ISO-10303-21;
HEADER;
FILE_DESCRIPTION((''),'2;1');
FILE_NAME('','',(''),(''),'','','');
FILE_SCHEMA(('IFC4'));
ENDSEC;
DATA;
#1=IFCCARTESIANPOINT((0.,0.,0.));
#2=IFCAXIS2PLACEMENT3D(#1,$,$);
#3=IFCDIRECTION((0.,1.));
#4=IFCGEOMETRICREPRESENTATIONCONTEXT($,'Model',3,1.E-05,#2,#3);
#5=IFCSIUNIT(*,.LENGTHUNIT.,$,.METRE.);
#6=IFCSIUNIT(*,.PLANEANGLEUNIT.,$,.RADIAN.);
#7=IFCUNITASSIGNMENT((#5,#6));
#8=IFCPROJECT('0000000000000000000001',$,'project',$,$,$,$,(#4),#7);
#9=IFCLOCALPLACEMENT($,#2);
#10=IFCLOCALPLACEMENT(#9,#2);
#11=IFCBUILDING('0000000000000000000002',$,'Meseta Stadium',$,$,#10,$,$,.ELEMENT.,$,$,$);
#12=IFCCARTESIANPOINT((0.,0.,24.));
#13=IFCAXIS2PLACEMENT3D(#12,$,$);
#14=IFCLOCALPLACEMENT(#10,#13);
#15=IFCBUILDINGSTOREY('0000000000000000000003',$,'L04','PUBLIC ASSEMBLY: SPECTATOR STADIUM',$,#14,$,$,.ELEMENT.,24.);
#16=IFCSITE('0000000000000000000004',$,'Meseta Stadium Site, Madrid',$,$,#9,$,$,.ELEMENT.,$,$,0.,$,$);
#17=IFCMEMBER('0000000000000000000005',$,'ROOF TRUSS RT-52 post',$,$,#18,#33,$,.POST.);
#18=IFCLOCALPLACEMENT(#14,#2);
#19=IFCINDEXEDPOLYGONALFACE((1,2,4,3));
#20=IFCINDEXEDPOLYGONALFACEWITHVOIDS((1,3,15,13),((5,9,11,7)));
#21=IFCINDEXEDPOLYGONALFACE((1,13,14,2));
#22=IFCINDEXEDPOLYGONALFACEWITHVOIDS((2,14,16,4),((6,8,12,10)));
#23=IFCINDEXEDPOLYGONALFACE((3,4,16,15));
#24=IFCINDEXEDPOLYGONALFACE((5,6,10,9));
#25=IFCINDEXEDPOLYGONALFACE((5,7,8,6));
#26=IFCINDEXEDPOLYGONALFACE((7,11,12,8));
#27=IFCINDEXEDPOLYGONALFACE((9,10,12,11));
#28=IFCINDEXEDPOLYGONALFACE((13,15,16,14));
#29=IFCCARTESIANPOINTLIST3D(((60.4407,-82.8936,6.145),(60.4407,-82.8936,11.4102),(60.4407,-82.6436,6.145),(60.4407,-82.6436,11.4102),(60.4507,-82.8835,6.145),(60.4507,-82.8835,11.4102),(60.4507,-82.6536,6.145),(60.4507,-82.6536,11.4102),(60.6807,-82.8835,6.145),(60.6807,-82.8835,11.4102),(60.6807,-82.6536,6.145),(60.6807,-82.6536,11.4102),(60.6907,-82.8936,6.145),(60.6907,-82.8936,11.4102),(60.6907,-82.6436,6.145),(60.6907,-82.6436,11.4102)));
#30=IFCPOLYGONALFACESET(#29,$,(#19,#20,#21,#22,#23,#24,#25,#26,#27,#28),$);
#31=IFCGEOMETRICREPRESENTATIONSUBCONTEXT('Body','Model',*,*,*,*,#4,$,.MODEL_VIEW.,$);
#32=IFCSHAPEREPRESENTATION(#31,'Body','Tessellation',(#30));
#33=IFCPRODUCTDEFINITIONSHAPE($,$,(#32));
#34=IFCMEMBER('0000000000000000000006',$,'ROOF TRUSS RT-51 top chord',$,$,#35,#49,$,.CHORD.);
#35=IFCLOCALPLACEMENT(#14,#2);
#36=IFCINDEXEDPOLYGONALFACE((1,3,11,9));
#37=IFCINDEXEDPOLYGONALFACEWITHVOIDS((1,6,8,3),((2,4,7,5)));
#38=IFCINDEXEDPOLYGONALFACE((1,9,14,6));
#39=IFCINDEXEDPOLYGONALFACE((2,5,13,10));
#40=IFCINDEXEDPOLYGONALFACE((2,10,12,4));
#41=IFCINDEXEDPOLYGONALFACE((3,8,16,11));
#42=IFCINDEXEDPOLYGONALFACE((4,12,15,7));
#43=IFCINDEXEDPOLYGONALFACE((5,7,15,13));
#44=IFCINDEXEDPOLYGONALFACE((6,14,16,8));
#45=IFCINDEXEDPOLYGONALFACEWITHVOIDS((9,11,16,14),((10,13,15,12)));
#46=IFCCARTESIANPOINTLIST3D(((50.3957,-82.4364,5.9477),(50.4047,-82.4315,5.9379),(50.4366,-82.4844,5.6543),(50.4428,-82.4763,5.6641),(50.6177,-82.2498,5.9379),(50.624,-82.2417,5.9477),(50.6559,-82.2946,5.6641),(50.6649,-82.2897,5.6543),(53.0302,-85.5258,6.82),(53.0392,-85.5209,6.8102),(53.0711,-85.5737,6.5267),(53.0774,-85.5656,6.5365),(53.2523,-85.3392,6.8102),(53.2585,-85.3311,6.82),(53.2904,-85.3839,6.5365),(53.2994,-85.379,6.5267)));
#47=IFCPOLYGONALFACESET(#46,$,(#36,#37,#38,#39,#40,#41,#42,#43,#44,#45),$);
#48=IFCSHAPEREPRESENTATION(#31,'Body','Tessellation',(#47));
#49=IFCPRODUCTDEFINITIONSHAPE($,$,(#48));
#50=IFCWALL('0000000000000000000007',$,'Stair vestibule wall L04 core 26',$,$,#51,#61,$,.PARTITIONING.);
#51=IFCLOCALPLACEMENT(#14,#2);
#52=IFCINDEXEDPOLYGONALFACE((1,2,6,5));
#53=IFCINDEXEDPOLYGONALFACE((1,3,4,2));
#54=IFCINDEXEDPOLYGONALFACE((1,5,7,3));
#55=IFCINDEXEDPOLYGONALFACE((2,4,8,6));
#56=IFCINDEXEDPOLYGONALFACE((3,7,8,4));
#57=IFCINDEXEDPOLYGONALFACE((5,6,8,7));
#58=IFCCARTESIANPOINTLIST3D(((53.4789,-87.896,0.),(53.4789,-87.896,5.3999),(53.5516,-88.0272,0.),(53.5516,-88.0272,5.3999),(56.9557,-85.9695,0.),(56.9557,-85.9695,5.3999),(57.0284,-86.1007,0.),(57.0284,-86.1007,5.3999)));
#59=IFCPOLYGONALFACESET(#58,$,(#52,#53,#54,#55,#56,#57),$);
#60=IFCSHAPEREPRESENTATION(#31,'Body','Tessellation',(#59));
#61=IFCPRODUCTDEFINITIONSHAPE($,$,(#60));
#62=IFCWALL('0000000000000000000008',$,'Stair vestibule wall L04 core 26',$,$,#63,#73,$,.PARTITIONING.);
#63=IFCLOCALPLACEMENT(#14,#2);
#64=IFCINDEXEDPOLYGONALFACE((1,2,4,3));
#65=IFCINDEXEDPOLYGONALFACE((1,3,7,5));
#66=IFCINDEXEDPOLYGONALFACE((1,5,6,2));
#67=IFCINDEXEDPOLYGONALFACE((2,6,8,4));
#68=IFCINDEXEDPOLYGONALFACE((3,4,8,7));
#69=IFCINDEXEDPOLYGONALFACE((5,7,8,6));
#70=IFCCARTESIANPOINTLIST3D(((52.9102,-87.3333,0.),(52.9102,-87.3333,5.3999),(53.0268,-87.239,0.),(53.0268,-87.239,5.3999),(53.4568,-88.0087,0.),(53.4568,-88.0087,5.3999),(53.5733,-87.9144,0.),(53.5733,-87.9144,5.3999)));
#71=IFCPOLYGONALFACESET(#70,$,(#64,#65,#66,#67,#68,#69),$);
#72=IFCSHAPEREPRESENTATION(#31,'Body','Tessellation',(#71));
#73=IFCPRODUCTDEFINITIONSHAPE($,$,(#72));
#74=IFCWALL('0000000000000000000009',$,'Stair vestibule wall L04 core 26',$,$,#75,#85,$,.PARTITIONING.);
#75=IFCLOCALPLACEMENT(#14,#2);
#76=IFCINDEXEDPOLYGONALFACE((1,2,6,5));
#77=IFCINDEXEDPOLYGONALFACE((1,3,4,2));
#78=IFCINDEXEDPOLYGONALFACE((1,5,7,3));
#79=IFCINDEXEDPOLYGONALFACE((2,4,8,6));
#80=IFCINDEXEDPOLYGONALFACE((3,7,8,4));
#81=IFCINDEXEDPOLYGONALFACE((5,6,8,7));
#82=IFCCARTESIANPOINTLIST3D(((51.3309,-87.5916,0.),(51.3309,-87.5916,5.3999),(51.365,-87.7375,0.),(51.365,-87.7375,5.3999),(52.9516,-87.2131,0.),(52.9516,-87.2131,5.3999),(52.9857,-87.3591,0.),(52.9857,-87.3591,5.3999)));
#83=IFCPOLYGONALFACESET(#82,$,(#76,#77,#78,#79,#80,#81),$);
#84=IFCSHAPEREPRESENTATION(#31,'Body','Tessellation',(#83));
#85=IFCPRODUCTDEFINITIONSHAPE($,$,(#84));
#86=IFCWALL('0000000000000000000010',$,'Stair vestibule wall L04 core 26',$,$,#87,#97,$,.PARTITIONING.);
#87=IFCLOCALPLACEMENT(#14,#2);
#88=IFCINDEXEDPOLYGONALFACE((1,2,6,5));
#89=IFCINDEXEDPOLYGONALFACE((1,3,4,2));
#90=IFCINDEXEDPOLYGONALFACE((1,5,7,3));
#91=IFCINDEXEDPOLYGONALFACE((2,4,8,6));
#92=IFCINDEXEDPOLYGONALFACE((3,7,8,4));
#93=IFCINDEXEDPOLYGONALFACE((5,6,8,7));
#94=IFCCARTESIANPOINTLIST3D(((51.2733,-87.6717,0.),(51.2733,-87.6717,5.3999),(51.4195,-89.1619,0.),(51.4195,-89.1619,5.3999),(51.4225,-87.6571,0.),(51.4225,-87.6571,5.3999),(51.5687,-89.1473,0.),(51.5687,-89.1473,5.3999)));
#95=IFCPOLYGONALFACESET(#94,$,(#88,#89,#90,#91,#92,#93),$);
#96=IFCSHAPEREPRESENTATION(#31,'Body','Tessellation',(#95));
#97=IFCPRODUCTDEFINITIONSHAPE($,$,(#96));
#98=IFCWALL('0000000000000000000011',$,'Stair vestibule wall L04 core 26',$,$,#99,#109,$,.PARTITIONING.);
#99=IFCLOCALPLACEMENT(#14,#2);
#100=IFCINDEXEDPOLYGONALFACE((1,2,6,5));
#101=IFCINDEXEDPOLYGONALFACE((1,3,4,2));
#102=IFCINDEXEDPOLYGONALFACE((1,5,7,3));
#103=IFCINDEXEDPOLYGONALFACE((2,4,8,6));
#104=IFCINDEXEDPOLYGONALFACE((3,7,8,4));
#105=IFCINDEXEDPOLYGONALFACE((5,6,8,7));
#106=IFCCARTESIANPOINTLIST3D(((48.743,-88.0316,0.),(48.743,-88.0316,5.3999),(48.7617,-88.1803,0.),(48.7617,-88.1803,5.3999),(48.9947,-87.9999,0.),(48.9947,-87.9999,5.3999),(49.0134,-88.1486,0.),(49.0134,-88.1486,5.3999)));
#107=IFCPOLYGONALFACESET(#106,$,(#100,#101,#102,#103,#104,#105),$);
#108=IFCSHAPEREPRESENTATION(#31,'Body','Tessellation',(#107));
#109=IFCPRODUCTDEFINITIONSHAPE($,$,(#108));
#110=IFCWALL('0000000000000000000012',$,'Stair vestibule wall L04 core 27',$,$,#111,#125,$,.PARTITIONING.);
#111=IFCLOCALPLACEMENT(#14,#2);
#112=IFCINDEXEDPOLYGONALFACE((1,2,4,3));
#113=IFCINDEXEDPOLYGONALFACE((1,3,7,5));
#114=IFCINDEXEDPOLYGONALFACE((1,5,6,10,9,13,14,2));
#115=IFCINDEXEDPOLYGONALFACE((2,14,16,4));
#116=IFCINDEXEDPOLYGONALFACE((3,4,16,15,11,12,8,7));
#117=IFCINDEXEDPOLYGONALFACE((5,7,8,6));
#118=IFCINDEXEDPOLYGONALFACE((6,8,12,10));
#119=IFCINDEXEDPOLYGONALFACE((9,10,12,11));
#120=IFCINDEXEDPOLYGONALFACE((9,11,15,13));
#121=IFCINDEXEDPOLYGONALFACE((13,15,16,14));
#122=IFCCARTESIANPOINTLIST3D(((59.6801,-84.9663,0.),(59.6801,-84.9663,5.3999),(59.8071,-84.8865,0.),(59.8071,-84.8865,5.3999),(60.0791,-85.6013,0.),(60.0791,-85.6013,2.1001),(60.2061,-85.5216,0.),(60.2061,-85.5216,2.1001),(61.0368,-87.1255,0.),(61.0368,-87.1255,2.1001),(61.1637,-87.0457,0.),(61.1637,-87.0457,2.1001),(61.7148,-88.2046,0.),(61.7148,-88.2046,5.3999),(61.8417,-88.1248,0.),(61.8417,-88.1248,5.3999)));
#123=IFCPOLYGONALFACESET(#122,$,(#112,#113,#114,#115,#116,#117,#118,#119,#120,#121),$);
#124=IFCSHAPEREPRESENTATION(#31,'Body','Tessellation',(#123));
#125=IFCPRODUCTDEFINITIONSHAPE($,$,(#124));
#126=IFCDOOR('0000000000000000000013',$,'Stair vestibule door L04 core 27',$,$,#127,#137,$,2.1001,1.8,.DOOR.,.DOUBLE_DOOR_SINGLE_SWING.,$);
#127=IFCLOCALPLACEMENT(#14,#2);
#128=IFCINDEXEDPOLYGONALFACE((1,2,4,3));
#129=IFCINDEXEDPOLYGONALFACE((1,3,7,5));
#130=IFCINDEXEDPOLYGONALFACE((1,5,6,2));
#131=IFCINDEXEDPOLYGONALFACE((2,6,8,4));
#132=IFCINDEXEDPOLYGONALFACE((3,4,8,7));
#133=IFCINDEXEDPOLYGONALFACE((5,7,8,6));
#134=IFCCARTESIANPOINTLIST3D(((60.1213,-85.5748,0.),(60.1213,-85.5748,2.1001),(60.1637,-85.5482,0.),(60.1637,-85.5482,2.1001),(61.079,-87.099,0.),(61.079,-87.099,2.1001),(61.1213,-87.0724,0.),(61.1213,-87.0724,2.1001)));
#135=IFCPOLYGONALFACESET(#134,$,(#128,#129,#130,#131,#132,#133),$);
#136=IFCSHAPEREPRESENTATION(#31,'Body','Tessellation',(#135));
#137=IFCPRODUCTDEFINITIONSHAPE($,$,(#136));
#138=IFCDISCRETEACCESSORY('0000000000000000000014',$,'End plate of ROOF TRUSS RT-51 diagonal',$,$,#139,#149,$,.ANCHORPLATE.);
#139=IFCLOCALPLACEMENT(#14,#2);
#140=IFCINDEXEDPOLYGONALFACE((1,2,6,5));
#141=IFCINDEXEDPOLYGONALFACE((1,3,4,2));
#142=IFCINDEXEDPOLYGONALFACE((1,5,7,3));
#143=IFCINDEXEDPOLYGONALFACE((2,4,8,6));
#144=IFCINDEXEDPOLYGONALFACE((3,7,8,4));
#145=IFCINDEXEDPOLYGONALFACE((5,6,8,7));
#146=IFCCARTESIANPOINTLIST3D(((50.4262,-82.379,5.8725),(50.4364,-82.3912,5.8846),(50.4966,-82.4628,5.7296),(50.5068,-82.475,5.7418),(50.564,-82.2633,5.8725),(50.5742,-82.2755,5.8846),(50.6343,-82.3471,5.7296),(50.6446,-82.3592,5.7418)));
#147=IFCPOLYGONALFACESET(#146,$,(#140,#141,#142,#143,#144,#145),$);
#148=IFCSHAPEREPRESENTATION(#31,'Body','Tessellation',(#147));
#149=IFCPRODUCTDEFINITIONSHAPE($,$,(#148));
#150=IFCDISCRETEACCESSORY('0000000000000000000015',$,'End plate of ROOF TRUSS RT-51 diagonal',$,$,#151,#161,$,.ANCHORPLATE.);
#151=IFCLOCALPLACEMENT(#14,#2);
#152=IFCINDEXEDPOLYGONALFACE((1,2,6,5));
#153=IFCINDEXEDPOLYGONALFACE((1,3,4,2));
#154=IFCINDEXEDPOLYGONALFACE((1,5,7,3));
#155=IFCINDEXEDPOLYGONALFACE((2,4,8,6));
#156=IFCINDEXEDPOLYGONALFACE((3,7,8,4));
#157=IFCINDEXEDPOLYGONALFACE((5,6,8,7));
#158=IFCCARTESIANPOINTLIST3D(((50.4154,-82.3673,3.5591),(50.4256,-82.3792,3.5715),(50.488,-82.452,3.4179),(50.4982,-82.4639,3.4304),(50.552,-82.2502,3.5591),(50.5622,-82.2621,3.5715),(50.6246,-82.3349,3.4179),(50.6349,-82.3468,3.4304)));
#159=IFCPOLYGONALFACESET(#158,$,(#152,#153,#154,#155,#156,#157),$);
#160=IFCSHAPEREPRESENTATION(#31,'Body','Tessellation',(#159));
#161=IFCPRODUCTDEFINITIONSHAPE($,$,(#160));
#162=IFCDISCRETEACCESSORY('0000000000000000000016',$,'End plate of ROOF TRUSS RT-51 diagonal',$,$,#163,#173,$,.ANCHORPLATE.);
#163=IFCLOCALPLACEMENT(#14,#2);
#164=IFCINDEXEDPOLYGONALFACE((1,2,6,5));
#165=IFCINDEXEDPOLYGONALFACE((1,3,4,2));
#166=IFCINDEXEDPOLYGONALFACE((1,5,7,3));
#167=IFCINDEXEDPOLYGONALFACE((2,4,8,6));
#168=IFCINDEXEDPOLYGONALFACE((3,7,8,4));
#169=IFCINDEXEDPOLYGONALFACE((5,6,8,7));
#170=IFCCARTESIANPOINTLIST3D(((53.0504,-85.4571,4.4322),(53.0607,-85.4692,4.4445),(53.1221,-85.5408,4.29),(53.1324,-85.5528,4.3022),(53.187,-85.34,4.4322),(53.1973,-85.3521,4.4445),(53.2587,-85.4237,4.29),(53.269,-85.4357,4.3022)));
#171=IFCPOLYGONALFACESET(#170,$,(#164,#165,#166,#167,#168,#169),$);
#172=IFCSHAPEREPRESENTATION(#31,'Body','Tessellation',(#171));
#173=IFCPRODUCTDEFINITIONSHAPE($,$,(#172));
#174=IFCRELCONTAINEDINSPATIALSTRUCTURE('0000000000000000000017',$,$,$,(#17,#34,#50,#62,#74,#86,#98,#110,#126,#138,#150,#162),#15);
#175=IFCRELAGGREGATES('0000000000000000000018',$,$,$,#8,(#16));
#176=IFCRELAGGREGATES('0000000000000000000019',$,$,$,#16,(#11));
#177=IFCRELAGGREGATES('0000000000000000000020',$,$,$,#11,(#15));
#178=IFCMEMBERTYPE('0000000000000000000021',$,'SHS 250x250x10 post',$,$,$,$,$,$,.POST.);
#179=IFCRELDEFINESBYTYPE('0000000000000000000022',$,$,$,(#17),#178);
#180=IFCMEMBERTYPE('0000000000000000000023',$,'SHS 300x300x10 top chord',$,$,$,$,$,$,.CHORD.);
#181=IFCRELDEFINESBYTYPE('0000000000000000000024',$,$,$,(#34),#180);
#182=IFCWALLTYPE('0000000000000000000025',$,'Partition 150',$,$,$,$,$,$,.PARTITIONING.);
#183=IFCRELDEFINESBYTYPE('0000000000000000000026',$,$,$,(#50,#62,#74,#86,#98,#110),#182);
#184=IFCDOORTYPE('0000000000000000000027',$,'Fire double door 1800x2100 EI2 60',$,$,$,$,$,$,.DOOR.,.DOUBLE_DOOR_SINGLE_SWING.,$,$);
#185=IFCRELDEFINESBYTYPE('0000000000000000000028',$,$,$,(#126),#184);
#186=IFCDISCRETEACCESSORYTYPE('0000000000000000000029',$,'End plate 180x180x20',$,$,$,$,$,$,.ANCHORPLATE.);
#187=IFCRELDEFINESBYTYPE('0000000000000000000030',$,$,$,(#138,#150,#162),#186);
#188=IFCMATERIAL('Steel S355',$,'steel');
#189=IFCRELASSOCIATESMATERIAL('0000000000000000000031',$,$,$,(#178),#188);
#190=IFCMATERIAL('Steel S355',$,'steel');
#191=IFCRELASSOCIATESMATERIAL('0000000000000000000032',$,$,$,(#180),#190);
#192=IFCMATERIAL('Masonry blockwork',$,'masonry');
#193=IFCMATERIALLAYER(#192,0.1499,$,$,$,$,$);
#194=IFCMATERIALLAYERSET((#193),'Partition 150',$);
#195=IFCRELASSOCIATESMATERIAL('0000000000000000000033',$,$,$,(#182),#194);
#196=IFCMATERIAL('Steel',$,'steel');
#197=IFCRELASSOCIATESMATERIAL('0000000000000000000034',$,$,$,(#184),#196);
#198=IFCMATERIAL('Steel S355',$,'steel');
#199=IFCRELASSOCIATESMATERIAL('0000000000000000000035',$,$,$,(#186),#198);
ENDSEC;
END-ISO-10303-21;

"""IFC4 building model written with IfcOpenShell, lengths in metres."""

from ifc_helpers import new_model, si_unit, direction, frame, frame_2d, origin, origin_2d, place, context, subcontext, project, spatial, rectangle, hollow_rectangle, extrude, material, layer, layer_set, material_profile, profile_set, type_object, element, fill, save


model = new_model("IFC4")

# Units and contexts
model_context = context("Model", 3, precision=1e-05, world=origin(), true_north=direction((0.0, 1.0)))
body_context = subcontext(model_context, "Body", "Model", "MODEL_VIEW")
ifc_project = project(units=[si_unit("LENGTHUNIT", "METRE"), si_unit("PLANEANGLEUNIT", "RADIAN")], contexts=[model_context])

# Site, building, storey
site_placement = place(None, origin())
site = spatial("IfcSite", under=ifc_project, at=site_placement, Name="Meseta Stadium Site, Madrid", CompositionType="ELEMENT", RefElevation=0.0)
building_placement = place(site_placement, origin())
building = spatial("IfcBuilding", under=site, at=building_placement, Name="Meseta Stadium", CompositionType="ELEMENT")
storey_placement = place(building_placement, frame((0.0, 0.0, 24.0)))
storey = spatial("IfcBuildingStorey", under=building, at=storey_placement, Name="L04", Description="PUBLIC ASSEMBLY: SPECTATOR STADIUM", CompositionType="ELEMENT", Elevation=24.0)

# Members
ifc_material_1 = material(Name="Steel S355", Category="steel")
ifc_material_profile_1 = material_profile(ifc_material_1, hollow_rectangle(XDim=0.25, YDim=0.25, WallThickness=0.01, at=origin_2d()), Name="SHS 250x250x10")
ifc_profile_set_1 = profile_set([ifc_material_profile_1], Name="Steel S355")
member_type_1 = type_object("IfcMemberType", Name="SHS 250x250x10 post", PredefinedType="POST", material=ifc_profile_set_1)
member_1_placement = place(storey_placement, frame((60.5657, -82.7686, 6.145), z_axis=(0.0, 0.0, 1.0), x_axis=(1.0, 0.0, 0.0)))
element("IfcMember", 1, at=member_1_placement, inside=storey, type_object=member_type_1, Name="ROOF TRUSS RT-52 post", PredefinedType="POST", context=body_context, shape_type="SweptSolid", body=[
    extrude(hollow_rectangle(XDim=0.25, YDim=0.25, WallThickness=0.01, at=origin_2d()), origin(), (0.0, 0.0, 1.0), 5.2651),
])
ifc_material_2 = material(Name="Steel S355", Category="steel")
ifc_material_profile_2 = material_profile(ifc_material_2, hollow_rectangle(XDim=0.3, YDim=0.3, WallThickness=0.01, at=origin_2d()), Name="SHS 300x300x10")
ifc_profile_set_2 = profile_set([ifc_material_profile_2], Name="Steel S355")
member_type_2 = type_object("IfcMemberType", Name="SHS 300x300x10 top chord", PredefinedType="CHORD", material=ifc_profile_set_2)
member_2_placement = place(storey_placement, frame((50.5303, -82.363, 5.801), z_axis=(0.634396, -0.743921, 0.210054), x_axis=(0.760897, 0.648873, 0.0)))
element("IfcMember", 2, at=member_2_placement, inside=storey, type_object=member_type_2, Name="ROOF TRUSS RT-51 top chord", PredefinedType="CHORD", context=body_context, shape_type="SweptSolid", body=[
    extrude(hollow_rectangle(XDim=0.3, YDim=0.3, WallThickness=0.01, at=origin_2d()), origin(), (0.0, 0.0, 1.0), 4.1528),
])

# Walls
ifc_material_3 = material(Name="Masonry blockwork", Category="masonry")
ifc_layer = layer(ifc_material_3, 0.1499)
ifc_layer_set = layer_set([ifc_layer], Name="Partition 150")
wall_type = type_object("IfcWallType", Name="Partition 150", PredefinedType="PARTITIONING", material=ifc_layer_set)
wall_1_placement = place(storey_placement, frame((56.9919, -86.0352, 0.0), z_axis=(0.0, 0.0, 1.0), x_axis=(-0.874696, -0.484673, 0.0)))
element("IfcWall", 3, at=wall_1_placement, inside=storey, type_object=wall_type, Name="Stair vestibule wall L04 core 26", PredefinedType="PARTITIONING", context=body_context, shape_type="SweptSolid", body=[
    extrude(rectangle(XDim=3.9749, YDim=0.1499, at=frame_2d((1.9873, 0.0))), origin(), (0.0, 0.0, 1.0), 5.3999),
])
wall_2_placement = place(storey_placement, frame((53.5151, -87.9617, 0.0), z_axis=(0.0, 0.0, 1.0), x_axis=(-0.629037, 0.777376, 0.0)))
element("IfcWall", 4, at=wall_2_placement, inside=storey, type_object=wall_type, Name="Stair vestibule wall L04 core 26", PredefinedType="PARTITIONING", context=body_context, shape_type="SweptSolid", body=[
    extrude(rectangle(XDim=0.8689, YDim=0.1499, at=frame_2d((0.4346, 0.0))), origin(), (0.0, 0.0, 1.0), 5.3999),
])
wall_3_placement = place(storey_placement, frame((52.9685, -87.2861, 0.0), z_axis=(0.0, 0.0, 1.0), x_axis=(-0.973804, -0.227387, 0.0)))
element("IfcWall", 5, at=wall_3_placement, inside=storey, type_object=wall_type, Name="Stair vestibule wall L04 core 26", PredefinedType="PARTITIONING", context=body_context, shape_type="SweptSolid", body=[
    extrude(rectangle(XDim=1.6643, YDim=0.1499, at=frame_2d((0.832, 0.0))), origin(), (0.0, 0.0, 1.0), 5.3999),
])
wall_4_placement = place(storey_placement, frame((51.3479, -87.6646, 0.0), z_axis=(0.0, 0.0, 1.0), x_axis=(0.097663, -0.99522, 0.0)))
element("IfcWall", 6, at=wall_4_placement, inside=storey, type_object=wall_type, Name="Stair vestibule wall L04 core 26", PredefinedType="PARTITIONING", context=body_context, shape_type="SweptSolid", body=[
    extrude(rectangle(XDim=1.4973, YDim=0.1499, at=frame_2d((0.7485, 0.0))), origin(), (0.0, 0.0, 1.0), 5.3999),
])
wall_5_placement = place(storey_placement, frame((49.0042, -88.0742, 0.0), z_axis=(0.0, 0.0, 1.0), x_axis=(-0.992144, -0.125101, 0.0)))
element("IfcWall", 7, at=wall_5_placement, inside=storey, type_object=wall_type, Name="Stair vestibule wall L04 core 26", PredefinedType="PARTITIONING", context=body_context, shape_type="SweptSolid", body=[
    extrude(rectangle(XDim=0.2537, YDim=0.1499, at=frame_2d((0.127, 0.0))), origin(), (0.0, 0.0, 1.0), 5.3999),
])

# Wall, opening, door
wall_6_placement = place(storey_placement, frame((59.7437, -84.9265, 0.0), z_axis=(0.0, 0.0, 1.0), x_axis=(0.532017, -0.846734, 0.0)))
wall_6 = element("IfcWall", 8, at=wall_6_placement, inside=storey, type_object=wall_type, Name="Stair vestibule wall L04 core 27", PredefinedType="PARTITIONING", context=body_context, shape_type="SweptSolid", body=[
    extrude(rectangle(XDim=3.8245, YDim=0.1499, at=frame_2d((1.9121, 0.0))), origin(), (0.0, 0.0, 1.0), 5.3999),
])
opening_placement = place(wall_6_placement, frame((0.75, 0.0, 0.0)))
opening = element("IfcOpeningElement", 9, at=opening_placement, cuts=wall_6, PredefinedType="OPENING", context=body_context, shape_type="SweptSolid", body=[
    extrude(rectangle(XDim=1.8, YDim=2.1001, at=frame_2d((0.8999, 1.05))), frame((0.0, 0.085, 0.0), z_axis=(0.0, -1.0, 0.0), x_axis=(1.0, 0.0, 0.0)), (0.0, 0.0, 1.0), 0.1699),
])
ifc_material_4 = material(Name="Steel", Category="steel")
door_type = type_object("IfcDoorType", Name="Fire double door 1800x2100 EI2 60", OperationType="DOUBLE_DOOR_SINGLE_SWING", PredefinedType="DOOR", material=ifc_material_4)
door_placement = place(opening_placement, origin())
door = element("IfcDoor", 10, at=door_placement, inside=storey, type_object=door_type, Name="Stair vestibule door L04 core 27", OperationType="DOUBLE_DOOR_SINGLE_SWING", OverallHeight=2.1001, OverallWidth=1.8, PredefinedType="DOOR", context=body_context, shape_type="SweptSolid", body=[
    extrude(rectangle(XDim=1.8, YDim=2.1001, at=frame_2d((0.8999, 1.05))), frame((0.0, 0.0249, 0.0), z_axis=(0.0, -1.0, 0.0), x_axis=(1.0, 0.0, 0.0)), (0.0, 0.0, 1.0), 0.05),
])
fill(opening, door)

# Discrete accessories
ifc_material_5 = material(Name="Steel S355", Category="steel")
ifc_material_profile_3 = material_profile(ifc_material_5, rectangle(XDim=0.1799, YDim=0.1799, at=origin_2d()), Name="PL 180x180")
ifc_profile_set_3 = profile_set([ifc_material_profile_3], Name="Steel S355")
discrete_accessory_type_1 = type_object("IfcDiscreteAccessoryType", Name="End plate 180x180x20", PredefinedType="ANCHORPLATE", material=ifc_profile_set_3)
for number, where, z_axis, x_axis, name in (
    (11, (50.5303, -82.363, 5.801), (0.510678, -0.60795, 0.60795), (0.765705, 0.643192, 0.0), "End plate of ROOF TRUSS RT-51 diagonal"),
    (12, (50.52, -82.3511, 3.4885), (0.510603, -0.595703, 0.620018), (0.759257, 0.650791, 0.0), "End plate of ROOF TRUSS RT-51 diagonal"),
    (13, (53.1545, -85.4404, 4.3611), (0.514457, -0.6002, 0.612449), (0.759257, 0.650791, 0.0), "End plate of ROOF TRUSS RT-51 diagonal"),
):
    element("IfcDiscreteAccessory", number, at=place(storey_placement, frame(where, z_axis=z_axis, x_axis=x_axis)), inside=storey, type_object=discrete_accessory_type_1, Name=name, PredefinedType="ANCHORPLATE", context=body_context, shape_type="SweptSolid", body=[
        extrude(rectangle(XDim=0.1799, YDim=0.1799, at=origin_2d()), origin(), (0.0, 0.0, 1.0), 0.02),
    ])

save(model, "model.ifc")
